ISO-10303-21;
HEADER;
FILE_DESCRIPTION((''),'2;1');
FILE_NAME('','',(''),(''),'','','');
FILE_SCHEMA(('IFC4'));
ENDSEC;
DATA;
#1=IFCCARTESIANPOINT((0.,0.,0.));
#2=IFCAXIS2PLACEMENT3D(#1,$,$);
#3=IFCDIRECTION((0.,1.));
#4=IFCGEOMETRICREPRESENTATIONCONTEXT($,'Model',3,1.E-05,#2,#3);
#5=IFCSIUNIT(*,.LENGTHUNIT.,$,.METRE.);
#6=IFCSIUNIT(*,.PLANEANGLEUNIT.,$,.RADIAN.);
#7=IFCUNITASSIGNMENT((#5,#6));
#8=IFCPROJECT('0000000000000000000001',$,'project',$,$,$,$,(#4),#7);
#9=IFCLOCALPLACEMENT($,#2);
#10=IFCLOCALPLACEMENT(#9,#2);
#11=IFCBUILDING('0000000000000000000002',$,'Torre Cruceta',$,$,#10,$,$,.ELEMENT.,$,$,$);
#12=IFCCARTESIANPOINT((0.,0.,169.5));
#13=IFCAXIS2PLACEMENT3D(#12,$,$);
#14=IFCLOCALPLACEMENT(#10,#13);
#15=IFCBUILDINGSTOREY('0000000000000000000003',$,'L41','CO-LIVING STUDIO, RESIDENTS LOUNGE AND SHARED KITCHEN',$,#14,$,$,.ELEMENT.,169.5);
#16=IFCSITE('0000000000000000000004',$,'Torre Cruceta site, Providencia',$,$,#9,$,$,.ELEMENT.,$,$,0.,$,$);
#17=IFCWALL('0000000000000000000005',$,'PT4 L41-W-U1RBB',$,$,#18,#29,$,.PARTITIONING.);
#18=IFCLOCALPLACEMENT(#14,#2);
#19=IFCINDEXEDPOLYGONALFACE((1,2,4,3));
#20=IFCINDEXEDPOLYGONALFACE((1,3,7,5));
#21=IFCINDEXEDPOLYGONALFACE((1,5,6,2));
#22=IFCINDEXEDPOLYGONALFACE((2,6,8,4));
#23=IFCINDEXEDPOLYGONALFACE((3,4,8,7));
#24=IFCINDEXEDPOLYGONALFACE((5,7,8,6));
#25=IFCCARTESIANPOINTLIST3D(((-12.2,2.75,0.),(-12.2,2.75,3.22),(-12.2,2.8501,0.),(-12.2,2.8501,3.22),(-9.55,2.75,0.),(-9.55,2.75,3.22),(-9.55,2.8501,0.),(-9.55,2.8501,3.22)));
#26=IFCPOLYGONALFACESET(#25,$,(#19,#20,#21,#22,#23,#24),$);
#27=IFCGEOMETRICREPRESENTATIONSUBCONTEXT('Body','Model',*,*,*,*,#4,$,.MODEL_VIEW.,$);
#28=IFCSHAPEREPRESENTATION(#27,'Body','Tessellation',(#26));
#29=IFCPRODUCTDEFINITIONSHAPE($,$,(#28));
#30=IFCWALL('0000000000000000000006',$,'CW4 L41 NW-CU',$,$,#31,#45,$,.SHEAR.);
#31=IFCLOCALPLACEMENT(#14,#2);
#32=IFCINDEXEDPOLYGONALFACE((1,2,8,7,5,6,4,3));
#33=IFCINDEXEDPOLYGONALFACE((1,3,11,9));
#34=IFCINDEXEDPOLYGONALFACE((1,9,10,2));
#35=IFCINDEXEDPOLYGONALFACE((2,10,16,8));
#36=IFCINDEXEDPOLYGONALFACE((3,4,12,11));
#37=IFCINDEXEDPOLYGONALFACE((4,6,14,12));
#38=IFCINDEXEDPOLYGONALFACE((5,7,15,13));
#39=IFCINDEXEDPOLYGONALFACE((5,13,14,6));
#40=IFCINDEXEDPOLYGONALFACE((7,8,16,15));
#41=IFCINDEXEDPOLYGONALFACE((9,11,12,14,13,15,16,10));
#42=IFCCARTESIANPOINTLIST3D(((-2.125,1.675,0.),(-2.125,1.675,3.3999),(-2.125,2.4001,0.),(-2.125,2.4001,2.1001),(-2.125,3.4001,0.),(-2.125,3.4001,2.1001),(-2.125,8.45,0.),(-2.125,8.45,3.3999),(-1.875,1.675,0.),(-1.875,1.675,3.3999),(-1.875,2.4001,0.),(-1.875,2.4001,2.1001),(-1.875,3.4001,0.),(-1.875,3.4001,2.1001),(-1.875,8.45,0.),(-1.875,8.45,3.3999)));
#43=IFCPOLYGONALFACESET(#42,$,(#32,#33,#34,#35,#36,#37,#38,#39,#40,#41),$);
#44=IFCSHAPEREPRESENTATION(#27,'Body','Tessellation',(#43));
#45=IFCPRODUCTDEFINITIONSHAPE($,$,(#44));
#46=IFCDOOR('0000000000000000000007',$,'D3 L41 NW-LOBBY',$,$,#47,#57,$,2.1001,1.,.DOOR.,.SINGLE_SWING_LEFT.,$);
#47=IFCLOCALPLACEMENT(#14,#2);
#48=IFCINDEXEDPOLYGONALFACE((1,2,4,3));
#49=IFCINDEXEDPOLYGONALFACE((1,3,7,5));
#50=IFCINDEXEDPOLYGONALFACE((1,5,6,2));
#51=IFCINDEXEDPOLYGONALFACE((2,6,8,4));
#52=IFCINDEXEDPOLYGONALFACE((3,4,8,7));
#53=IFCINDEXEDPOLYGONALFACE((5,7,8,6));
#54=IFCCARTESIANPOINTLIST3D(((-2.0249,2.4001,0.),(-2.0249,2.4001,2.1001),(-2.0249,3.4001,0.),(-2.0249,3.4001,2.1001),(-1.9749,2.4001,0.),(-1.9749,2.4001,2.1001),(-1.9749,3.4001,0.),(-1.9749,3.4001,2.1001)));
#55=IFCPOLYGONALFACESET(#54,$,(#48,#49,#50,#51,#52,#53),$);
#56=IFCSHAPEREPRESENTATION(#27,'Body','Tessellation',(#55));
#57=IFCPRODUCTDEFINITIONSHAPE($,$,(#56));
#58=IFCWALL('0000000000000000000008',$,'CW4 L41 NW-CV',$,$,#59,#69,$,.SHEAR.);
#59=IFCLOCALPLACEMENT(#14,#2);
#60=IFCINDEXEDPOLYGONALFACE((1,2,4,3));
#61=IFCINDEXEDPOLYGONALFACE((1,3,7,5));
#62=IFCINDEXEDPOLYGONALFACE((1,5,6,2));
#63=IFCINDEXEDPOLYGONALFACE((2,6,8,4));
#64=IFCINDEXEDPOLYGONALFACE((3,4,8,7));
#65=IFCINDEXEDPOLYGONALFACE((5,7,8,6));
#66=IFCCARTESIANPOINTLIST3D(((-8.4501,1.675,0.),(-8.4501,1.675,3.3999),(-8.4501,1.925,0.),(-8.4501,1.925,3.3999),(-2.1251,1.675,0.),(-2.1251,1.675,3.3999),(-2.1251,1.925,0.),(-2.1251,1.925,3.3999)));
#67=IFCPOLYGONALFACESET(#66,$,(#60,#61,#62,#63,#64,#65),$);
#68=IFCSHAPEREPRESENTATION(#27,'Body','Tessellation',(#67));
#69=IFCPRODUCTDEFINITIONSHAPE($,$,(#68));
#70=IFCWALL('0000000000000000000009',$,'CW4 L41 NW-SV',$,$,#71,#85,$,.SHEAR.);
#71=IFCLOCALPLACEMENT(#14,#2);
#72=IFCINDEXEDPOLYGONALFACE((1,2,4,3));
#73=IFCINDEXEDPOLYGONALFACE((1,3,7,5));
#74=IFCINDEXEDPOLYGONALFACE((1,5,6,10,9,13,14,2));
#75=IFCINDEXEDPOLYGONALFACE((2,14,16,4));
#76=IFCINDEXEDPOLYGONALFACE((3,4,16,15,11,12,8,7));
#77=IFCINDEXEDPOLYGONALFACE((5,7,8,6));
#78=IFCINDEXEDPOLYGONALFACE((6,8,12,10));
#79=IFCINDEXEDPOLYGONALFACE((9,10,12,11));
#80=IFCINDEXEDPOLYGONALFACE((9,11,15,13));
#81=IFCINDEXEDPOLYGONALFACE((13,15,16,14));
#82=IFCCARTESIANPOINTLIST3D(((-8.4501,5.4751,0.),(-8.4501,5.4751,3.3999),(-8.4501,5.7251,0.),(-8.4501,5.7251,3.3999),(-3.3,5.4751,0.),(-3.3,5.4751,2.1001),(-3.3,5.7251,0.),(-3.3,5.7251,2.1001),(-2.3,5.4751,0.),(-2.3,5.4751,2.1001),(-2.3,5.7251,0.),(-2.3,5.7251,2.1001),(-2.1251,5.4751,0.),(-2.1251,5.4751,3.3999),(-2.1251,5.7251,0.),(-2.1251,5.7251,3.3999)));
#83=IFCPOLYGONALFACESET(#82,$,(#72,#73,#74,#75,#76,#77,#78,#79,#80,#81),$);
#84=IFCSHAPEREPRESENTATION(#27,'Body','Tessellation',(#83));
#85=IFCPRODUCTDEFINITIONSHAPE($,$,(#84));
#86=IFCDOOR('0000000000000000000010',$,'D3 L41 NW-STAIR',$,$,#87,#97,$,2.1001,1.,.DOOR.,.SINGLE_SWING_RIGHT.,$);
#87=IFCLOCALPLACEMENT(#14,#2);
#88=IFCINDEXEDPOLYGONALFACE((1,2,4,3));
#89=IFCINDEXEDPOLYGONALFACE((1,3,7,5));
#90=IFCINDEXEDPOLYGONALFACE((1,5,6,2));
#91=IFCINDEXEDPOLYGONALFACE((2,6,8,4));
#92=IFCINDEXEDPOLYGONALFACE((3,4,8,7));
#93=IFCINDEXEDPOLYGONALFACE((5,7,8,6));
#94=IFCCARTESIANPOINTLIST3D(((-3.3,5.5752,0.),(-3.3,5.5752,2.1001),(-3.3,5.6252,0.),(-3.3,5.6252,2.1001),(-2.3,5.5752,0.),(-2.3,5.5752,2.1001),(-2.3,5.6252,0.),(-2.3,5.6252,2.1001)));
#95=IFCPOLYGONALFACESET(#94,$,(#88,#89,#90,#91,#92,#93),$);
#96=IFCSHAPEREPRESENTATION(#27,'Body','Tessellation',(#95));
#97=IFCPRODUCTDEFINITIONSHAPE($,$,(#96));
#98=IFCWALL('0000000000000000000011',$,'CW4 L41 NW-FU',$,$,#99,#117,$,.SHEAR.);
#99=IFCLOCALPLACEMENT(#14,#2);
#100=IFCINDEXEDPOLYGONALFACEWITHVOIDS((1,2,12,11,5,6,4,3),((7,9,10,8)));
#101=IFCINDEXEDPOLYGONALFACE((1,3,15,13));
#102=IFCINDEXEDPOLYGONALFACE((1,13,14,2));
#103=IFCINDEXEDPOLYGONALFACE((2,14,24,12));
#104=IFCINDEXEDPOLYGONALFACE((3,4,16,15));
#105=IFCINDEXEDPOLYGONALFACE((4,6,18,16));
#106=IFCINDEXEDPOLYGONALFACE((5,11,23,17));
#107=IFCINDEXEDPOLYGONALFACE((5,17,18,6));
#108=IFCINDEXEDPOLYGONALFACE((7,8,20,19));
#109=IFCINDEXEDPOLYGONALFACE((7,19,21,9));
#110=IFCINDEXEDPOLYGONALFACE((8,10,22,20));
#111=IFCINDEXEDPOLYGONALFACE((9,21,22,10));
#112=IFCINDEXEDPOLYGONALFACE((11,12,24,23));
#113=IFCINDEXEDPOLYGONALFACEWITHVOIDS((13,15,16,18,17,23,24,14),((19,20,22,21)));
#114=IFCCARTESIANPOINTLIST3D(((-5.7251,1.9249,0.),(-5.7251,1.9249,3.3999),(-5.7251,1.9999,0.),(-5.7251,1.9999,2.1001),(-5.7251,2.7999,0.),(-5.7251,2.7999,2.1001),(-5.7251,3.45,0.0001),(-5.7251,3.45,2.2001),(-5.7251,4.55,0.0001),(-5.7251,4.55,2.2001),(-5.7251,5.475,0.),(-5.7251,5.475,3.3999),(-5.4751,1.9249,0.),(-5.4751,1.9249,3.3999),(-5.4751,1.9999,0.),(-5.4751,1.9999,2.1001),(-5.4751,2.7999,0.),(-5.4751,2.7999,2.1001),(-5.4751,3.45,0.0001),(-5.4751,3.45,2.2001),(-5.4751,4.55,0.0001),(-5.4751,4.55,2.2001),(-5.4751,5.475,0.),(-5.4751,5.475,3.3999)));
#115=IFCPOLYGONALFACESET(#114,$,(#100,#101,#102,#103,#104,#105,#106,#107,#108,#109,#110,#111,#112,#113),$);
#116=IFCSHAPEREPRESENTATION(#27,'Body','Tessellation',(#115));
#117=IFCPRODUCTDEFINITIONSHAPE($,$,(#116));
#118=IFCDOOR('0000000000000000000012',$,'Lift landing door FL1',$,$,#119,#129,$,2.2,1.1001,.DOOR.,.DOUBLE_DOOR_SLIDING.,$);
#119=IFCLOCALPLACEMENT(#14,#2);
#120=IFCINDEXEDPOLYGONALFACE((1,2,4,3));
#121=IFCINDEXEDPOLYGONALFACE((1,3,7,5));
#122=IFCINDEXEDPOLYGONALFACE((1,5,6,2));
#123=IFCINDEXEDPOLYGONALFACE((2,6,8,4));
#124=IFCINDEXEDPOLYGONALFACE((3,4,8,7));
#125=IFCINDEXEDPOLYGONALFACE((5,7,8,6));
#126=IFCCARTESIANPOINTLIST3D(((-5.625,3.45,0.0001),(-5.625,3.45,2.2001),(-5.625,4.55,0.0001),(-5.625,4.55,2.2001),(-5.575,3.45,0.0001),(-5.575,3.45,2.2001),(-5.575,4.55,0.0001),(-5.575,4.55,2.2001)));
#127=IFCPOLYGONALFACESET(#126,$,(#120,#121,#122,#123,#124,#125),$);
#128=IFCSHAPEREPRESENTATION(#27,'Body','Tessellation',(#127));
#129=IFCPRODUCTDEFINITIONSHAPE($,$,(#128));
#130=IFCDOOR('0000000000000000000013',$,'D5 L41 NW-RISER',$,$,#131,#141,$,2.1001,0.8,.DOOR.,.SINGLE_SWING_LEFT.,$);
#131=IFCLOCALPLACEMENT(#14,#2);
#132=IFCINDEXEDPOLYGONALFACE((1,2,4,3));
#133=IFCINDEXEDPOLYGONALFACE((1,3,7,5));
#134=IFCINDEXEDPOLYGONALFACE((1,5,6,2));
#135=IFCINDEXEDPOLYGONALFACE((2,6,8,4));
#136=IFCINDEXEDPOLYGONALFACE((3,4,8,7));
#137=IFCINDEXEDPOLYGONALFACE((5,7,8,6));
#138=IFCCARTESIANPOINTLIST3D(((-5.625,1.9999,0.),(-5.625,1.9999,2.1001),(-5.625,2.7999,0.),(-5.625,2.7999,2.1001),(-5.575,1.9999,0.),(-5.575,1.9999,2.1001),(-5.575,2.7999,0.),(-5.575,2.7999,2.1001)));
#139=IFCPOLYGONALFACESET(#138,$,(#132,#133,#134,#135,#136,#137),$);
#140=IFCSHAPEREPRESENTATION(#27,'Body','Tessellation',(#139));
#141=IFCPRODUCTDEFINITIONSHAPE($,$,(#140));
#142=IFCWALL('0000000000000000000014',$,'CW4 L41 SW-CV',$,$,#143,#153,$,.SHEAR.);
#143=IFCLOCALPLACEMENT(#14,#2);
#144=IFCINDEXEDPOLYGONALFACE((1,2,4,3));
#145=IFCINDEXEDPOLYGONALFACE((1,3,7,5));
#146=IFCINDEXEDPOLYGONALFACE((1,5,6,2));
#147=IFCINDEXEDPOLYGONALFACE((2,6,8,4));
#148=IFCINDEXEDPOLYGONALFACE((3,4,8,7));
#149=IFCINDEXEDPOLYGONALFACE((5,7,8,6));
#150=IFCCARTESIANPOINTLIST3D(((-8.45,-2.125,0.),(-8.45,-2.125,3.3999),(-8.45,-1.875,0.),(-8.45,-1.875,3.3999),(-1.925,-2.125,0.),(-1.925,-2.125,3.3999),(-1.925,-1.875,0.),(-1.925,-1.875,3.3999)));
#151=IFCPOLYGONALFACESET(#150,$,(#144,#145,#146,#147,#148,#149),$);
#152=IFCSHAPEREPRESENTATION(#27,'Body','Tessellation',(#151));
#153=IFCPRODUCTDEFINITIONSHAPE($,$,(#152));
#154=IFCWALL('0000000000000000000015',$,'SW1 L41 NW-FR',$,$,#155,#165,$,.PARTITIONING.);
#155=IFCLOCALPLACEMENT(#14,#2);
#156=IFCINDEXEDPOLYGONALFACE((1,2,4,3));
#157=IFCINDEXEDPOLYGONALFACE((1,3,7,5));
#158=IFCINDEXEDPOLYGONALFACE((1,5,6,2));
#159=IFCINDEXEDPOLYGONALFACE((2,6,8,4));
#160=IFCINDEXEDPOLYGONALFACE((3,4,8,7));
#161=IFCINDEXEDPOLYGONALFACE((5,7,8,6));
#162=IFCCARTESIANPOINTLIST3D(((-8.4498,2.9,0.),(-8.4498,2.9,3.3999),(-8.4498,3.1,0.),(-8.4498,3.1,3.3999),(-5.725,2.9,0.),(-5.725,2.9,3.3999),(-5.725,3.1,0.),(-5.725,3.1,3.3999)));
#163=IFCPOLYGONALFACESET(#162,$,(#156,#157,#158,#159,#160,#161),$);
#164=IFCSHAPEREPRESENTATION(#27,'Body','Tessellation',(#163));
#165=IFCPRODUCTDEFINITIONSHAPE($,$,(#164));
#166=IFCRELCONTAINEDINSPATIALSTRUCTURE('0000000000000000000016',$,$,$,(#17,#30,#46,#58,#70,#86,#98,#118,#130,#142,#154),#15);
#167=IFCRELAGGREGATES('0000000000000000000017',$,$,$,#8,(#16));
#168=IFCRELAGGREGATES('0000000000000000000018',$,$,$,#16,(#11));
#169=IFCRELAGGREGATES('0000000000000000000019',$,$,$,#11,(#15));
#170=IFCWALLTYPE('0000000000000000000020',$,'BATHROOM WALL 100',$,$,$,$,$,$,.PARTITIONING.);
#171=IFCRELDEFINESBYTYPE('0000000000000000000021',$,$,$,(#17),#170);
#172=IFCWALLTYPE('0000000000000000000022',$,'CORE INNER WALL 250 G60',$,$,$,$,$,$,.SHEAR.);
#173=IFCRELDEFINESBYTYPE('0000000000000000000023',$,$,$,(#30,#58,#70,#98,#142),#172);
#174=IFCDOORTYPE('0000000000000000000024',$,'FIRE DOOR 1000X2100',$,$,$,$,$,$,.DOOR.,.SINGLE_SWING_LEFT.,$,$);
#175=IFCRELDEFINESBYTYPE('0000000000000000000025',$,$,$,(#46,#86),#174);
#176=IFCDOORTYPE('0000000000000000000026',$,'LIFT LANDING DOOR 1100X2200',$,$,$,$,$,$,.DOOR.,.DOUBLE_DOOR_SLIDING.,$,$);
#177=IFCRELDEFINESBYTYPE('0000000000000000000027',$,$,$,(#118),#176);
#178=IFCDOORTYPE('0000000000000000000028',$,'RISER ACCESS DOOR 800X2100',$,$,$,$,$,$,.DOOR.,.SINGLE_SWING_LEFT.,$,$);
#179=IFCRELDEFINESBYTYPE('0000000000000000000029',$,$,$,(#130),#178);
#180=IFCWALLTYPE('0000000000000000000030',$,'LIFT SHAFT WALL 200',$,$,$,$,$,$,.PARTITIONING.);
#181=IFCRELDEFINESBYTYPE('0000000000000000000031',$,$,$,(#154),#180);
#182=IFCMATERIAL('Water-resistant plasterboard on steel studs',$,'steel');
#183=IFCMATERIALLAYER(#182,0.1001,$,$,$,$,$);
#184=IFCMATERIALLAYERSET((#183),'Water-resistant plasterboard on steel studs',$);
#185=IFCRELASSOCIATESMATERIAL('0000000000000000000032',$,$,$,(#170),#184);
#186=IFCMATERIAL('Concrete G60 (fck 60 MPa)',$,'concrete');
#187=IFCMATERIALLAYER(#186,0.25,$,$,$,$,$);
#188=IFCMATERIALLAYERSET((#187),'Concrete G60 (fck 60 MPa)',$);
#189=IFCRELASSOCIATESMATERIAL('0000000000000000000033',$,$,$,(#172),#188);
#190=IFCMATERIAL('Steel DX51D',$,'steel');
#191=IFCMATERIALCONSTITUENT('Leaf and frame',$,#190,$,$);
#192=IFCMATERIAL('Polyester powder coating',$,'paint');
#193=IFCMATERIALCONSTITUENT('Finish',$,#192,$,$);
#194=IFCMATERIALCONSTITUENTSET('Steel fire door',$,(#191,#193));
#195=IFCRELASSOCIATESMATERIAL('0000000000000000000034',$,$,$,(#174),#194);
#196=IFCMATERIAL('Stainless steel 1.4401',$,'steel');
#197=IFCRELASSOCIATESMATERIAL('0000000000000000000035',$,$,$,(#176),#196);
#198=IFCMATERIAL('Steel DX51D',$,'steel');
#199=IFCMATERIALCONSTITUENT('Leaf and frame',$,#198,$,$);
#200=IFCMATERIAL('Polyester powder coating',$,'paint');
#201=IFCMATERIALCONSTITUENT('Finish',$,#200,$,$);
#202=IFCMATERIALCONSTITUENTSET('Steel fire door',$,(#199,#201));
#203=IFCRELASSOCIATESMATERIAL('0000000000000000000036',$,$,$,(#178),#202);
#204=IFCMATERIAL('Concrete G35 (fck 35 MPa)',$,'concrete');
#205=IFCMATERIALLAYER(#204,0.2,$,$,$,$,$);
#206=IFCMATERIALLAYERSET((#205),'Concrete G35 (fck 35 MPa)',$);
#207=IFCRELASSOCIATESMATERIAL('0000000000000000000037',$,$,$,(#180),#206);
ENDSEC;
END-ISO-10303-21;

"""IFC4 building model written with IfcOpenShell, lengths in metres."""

from ifc_helpers import new_model, si_unit, direction, frame, frame_2d, origin, place, context, subcontext, project, spatial, rectangle, extrude, material, layer, layer_set, constituent, constituent_set, type_object, element, fill, save


model = new_model("IFC4")

# Units and contexts
model_context = context("Model", 3, precision=1e-05, world=origin(), true_north=direction((0.0, 1.0)))
body_context = subcontext(model_context, "Body", "Model", "MODEL_VIEW")
ifc_project = project(units=[si_unit("LENGTHUNIT", "METRE"), si_unit("PLANEANGLEUNIT", "RADIAN")], contexts=[model_context])

# Site, building, storey
site_placement = place(None, origin())
site = spatial("IfcSite", under=ifc_project, at=site_placement, Name="Torre Cruceta site, Providencia", CompositionType="ELEMENT", RefElevation=0.0)
building_placement = place(site_placement, origin())
building = spatial("IfcBuilding", under=site, at=building_placement, Name="Torre Cruceta", CompositionType="ELEMENT")
storey_placement = place(building_placement, frame((0.0, 0.0, 169.5)))
storey = spatial("IfcBuildingStorey", under=building, at=storey_placement, Name="L41", Description="CO-LIVING STUDIO, RESIDENTS LOUNGE AND SHARED KITCHEN", CompositionType="ELEMENT", Elevation=169.5)

# Wall
ifc_material_1 = material(Name="Water-resistant plasterboard on steel studs", Category="steel")
ifc_layer_1 = layer(ifc_material_1, 0.1001)
ifc_layer_set_1 = layer_set([ifc_layer_1], Name="Water-resistant plasterboard on steel studs")
wall_type_1 = type_object("IfcWallType", Name="BATHROOM WALL 100", PredefinedType="PARTITIONING", material=ifc_layer_set_1)
wall_1_placement = place(storey_placement, frame((-9.55, 2.8, 0.0), z_axis=(0.0, 0.0, 1.0), x_axis=(-1.0, 0.0, 0.0)))
element("IfcWall", 1, at=wall_1_placement, inside=storey, type_object=wall_type_1, Name="PT4 L41-W-U1RBB", PredefinedType="PARTITIONING", context=body_context, shape_type="SweptSolid", body=[
    extrude(rectangle(XDim=2.6499, YDim=0.1001, at=frame_2d((1.325, 0.0))), origin(), (0.0, 0.0, 1.0), 3.22),
])

# Wall, opening, door
ifc_material_2 = material(Name="Concrete G60 (fck 60 MPa)", Category="concrete")
ifc_layer_2 = layer(ifc_material_2, 0.25)
ifc_layer_set_2 = layer_set([ifc_layer_2], Name="Concrete G60 (fck 60 MPa)")
wall_type_2 = type_object("IfcWallType", Name="CORE INNER WALL 250 G60", PredefinedType="SHEAR", material=ifc_layer_set_2)
wall_2_placement = place(storey_placement, frame((-2.0, 1.675, 0.0), z_axis=(0.0, 0.0, 1.0), x_axis=(0.0, 1.0, 0.0)))
wall_2 = element("IfcWall", 2, at=wall_2_placement, inside=storey, type_object=wall_type_2, Name="CW4 L41 NW-CU", PredefinedType="SHEAR", context=body_context, shape_type="SweptSolid", body=[
    extrude(rectangle(XDim=6.7749, YDim=0.25, at=frame_2d((3.3875, 0.0))), origin(), (0.0, 0.0, 1.0), 3.3999),
])
opening_1_placement = place(wall_2_placement, frame((0.7251, 0.0, 0.0)))
opening_1 = element("IfcOpeningElement", 3, at=opening_1_placement, cuts=wall_2, PredefinedType="OPENING", context=body_context, shape_type="SweptSolid", body=[
    extrude(rectangle(XDim=1.0, YDim=2.1001, at=frame_2d((0.5, 1.05))), frame((0.0, 0.135, 0.0), z_axis=(0.0, -1.0, 0.0), x_axis=(1.0, 0.0, 0.0)), (0.0, 0.0, 1.0), 0.27),
])
ifc_material_3 = material(Name="Steel DX51D", Category="steel")
ifc_constituent_1 = constituent(ifc_material_3, Name="Leaf and frame")
ifc_material_4 = material(Name="Polyester powder coating", Category="paint")
ifc_constituent_2 = constituent(ifc_material_4, Name="Finish")
ifc_constituent_set_1 = constituent_set(constituents=[ifc_constituent_1, ifc_constituent_2], Name="Steel fire door")
door_type_1 = type_object("IfcDoorType", Name="FIRE DOOR 1000X2100", OperationType="SINGLE_SWING_LEFT", PredefinedType="DOOR", material=ifc_constituent_set_1)
door_1_placement = place(opening_1_placement, origin())
door_1 = element("IfcDoor", 4, at=door_1_placement, inside=storey, type_object=door_type_1, Name="D3 L41 NW-LOBBY", OperationType="SINGLE_SWING_LEFT", OverallHeight=2.1001, OverallWidth=1.0, PredefinedType="DOOR", context=body_context, shape_type="SweptSolid", body=[
    extrude(rectangle(XDim=1.0, YDim=2.1001, at=frame_2d((0.5, 1.05))), frame((0.0, 0.0249, 0.0), z_axis=(0.0, -1.0, 0.0), x_axis=(1.0, 0.0, 0.0)), (0.0, 0.0, 1.0), 0.05),
])
fill(opening_1, door_1)

# Wall
wall_3_placement = place(storey_placement, frame((-2.125, 1.8, 0.0), z_axis=(0.0, 0.0, 1.0), x_axis=(-1.0, 0.0, 0.0)))
element("IfcWall", 5, at=wall_3_placement, inside=storey, type_object=wall_type_2, Name="CW4 L41 NW-CV", PredefinedType="SHEAR", context=body_context, shape_type="SweptSolid", body=[
    extrude(rectangle(XDim=6.325, YDim=0.25, at=frame_2d((3.1626, 0.0))), origin(), (0.0, 0.0, 1.0), 3.3999),
])

# Wall, opening, door
wall_4_placement = place(storey_placement, frame((-2.125, 5.6001, 0.0), z_axis=(0.0, 0.0, 1.0), x_axis=(-1.0, 0.0, 0.0)))
wall_4 = element("IfcWall", 6, at=wall_4_placement, inside=storey, type_object=wall_type_2, Name="CW4 L41 NW-SV", PredefinedType="SHEAR", context=body_context, shape_type="SweptSolid", body=[
    extrude(rectangle(XDim=6.325, YDim=0.25, at=frame_2d((3.1626, 0.0))), origin(), (0.0, 0.0, 1.0), 3.3999),
])
opening_2_placement = place(wall_4_placement, frame((0.175, 0.0, 0.0)))
opening_2 = element("IfcOpeningElement", 7, at=opening_2_placement, cuts=wall_4, PredefinedType="OPENING", context=body_context, shape_type="SweptSolid", body=[
    extrude(rectangle(XDim=1.0, YDim=2.1001, at=frame_2d((0.5, 1.05))), frame((0.0, 0.135, 0.0), z_axis=(0.0, -1.0, 0.0), x_axis=(1.0, 0.0, 0.0)), (0.0, 0.0, 1.0), 0.27),
])
door_2_placement = place(opening_2_placement, frame((1.0, 0.0, 0.0), z_axis=(0.0, 0.0, 1.0), x_axis=(-1.0, 0.0, 0.0)))
door_2 = element("IfcDoor", 8, at=door_2_placement, inside=storey, type_object=door_type_1, Name="D3 L41 NW-STAIR", OperationType="SINGLE_SWING_RIGHT", OverallHeight=2.1001, OverallWidth=1.0, PredefinedType="DOOR", context=body_context, shape_type="SweptSolid", body=[
    extrude(rectangle(XDim=1.0, YDim=2.1001, at=frame_2d((0.5, 1.05))), frame((0.0, 0.0251, 0.0), z_axis=(0.0, -1.0, 0.0), x_axis=(1.0, 0.0, 0.0)), (0.0, 0.0, 1.0), 0.05),
])
fill(opening_2, door_2)

# Wall, openings, doors
wall_5_placement = place(storey_placement, frame((-5.6001, 1.925, 0.0), z_axis=(0.0, 0.0, 1.0), x_axis=(0.0, 1.0, 0.0)))
wall_5 = element("IfcWall", 9, at=wall_5_placement, inside=storey, type_object=wall_type_2, Name="CW4 L41 NW-FU", PredefinedType="SHEAR", context=body_context, shape_type="SweptSolid", body=[
    extrude(rectangle(XDim=3.55, YDim=0.25, at=frame_2d((1.7749, 0.0))), origin(), (0.0, 0.0, 1.0), 3.3999),
])
opening_3_placement = place(wall_5_placement, frame((1.5249, 0.0, 0.0)))
opening_3 = element("IfcOpeningElement", 10, at=opening_3_placement, cuts=wall_5, PredefinedType="OPENING", context=body_context, shape_type="SweptSolid", body=[
    extrude(rectangle(XDim=1.1001, YDim=2.2, at=frame_2d((0.55, 1.1001))), frame((0.0, 0.135, 0.0), z_axis=(0.0, -1.0, 0.0), x_axis=(1.0, 0.0, 0.0)), (0.0, 0.0, 1.0), 0.27),
])
opening_4_placement = place(wall_5_placement, frame((0.075, 0.0, 0.0)))
opening_4 = element("IfcOpeningElement", 11, at=opening_4_placement, cuts=wall_5, PredefinedType="OPENING", context=body_context, shape_type="SweptSolid", body=[
    extrude(rectangle(XDim=0.8, YDim=2.1001, at=frame_2d((0.3999, 1.05))), frame((0.0, 0.135, 0.0), z_axis=(0.0, -1.0, 0.0), x_axis=(1.0, 0.0, 0.0)), (0.0, 0.0, 1.0), 0.27),
])
ifc_material_5 = material(Name="Stainless steel 1.4401", Category="steel")
door_type_2 = type_object("IfcDoorType", Name="LIFT LANDING DOOR 1100X2200", OperationType="DOUBLE_DOOR_SLIDING", PredefinedType="DOOR", material=ifc_material_5)
door_3_placement = place(opening_3_placement, origin())
door_3 = element("IfcDoor", 12, at=door_3_placement, inside=storey, type_object=door_type_2, Name="Lift landing door FL1", OperationType="DOUBLE_DOOR_SLIDING", OverallHeight=2.2, OverallWidth=1.1001, PredefinedType="DOOR", context=body_context, shape_type="SweptSolid", body=[
    extrude(rectangle(XDim=1.1001, YDim=2.2, at=frame_2d((0.55, 1.1001))), frame((0.0, 0.0249, 0.0), z_axis=(0.0, -1.0, 0.0), x_axis=(1.0, 0.0, 0.0)), (0.0, 0.0, 1.0), 0.05),
])
fill(opening_3, door_3)
ifc_material_6 = material(Name="Steel DX51D", Category="steel")
ifc_constituent_3 = constituent(ifc_material_6, Name="Leaf and frame")
ifc_material_7 = material(Name="Polyester powder coating", Category="paint")
ifc_constituent_4 = constituent(ifc_material_7, Name="Finish")
ifc_constituent_set_2 = constituent_set(constituents=[ifc_constituent_3, ifc_constituent_4], Name="Steel fire door")
door_type_3 = type_object("IfcDoorType", Name="RISER ACCESS DOOR 800X2100", OperationType="SINGLE_SWING_LEFT", PredefinedType="DOOR", material=ifc_constituent_set_2)
door_4_placement = place(opening_4_placement, origin())
door_4 = element("IfcDoor", 13, at=door_4_placement, inside=storey, type_object=door_type_3, Name="D5 L41 NW-RISER", OperationType="SINGLE_SWING_LEFT", OverallHeight=2.1001, OverallWidth=0.8, PredefinedType="DOOR", context=body_context, shape_type="SweptSolid", body=[
    extrude(rectangle(XDim=0.8, YDim=2.1001, at=frame_2d((0.3999, 1.05))), frame((0.0, 0.0249, 0.0), z_axis=(0.0, -1.0, 0.0), x_axis=(1.0, 0.0, 0.0)), (0.0, 0.0, 1.0), 0.05),
])
fill(opening_4, door_4)

# Wall
wall_6_placement = place(storey_placement, frame((-1.925, -2.0, 0.0), z_axis=(0.0, 0.0, 1.0), x_axis=(-1.0, 0.0, 0.0)))
element("IfcWall", 14, at=wall_6_placement, inside=storey, type_object=wall_type_2, Name="CW4 L41 SW-CV", PredefinedType="SHEAR", context=body_context, shape_type="SweptSolid", body=[
    extrude(rectangle(XDim=6.5249, YDim=0.25, at=frame_2d((3.2625, 0.0))), origin(), (0.0, 0.0, 1.0), 3.3999),
])

# Wall
ifc_material_8 = material(Name="Concrete G35 (fck 35 MPa)", Category="concrete")
ifc_layer_3 = layer(ifc_material_8, 0.2)
ifc_layer_set_3 = layer_set([ifc_layer_3], Name="Concrete G35 (fck 35 MPa)")
wall_type_3 = type_object("IfcWallType", Name="LIFT SHAFT WALL 200", PredefinedType="PARTITIONING", material=ifc_layer_set_3)
wall_7_placement = place(storey_placement, frame((-5.7251, 3.0, 0.0), z_axis=(0.0, 0.0, 1.0), x_axis=(-1.0, 0.0, 0.0)))
element("IfcWall", 15, at=wall_7_placement, inside=storey, type_object=wall_type_3, Name="SW1 L41 NW-FR", PredefinedType="PARTITIONING", context=body_context, shape_type="SweptSolid", body=[
    extrude(rectangle(XDim=2.7249, YDim=0.2, at=frame_2d((1.3623, 0.0))), origin(), (0.0, 0.0, 1.0), 3.3999),
])

save(model, "model.ifc")
